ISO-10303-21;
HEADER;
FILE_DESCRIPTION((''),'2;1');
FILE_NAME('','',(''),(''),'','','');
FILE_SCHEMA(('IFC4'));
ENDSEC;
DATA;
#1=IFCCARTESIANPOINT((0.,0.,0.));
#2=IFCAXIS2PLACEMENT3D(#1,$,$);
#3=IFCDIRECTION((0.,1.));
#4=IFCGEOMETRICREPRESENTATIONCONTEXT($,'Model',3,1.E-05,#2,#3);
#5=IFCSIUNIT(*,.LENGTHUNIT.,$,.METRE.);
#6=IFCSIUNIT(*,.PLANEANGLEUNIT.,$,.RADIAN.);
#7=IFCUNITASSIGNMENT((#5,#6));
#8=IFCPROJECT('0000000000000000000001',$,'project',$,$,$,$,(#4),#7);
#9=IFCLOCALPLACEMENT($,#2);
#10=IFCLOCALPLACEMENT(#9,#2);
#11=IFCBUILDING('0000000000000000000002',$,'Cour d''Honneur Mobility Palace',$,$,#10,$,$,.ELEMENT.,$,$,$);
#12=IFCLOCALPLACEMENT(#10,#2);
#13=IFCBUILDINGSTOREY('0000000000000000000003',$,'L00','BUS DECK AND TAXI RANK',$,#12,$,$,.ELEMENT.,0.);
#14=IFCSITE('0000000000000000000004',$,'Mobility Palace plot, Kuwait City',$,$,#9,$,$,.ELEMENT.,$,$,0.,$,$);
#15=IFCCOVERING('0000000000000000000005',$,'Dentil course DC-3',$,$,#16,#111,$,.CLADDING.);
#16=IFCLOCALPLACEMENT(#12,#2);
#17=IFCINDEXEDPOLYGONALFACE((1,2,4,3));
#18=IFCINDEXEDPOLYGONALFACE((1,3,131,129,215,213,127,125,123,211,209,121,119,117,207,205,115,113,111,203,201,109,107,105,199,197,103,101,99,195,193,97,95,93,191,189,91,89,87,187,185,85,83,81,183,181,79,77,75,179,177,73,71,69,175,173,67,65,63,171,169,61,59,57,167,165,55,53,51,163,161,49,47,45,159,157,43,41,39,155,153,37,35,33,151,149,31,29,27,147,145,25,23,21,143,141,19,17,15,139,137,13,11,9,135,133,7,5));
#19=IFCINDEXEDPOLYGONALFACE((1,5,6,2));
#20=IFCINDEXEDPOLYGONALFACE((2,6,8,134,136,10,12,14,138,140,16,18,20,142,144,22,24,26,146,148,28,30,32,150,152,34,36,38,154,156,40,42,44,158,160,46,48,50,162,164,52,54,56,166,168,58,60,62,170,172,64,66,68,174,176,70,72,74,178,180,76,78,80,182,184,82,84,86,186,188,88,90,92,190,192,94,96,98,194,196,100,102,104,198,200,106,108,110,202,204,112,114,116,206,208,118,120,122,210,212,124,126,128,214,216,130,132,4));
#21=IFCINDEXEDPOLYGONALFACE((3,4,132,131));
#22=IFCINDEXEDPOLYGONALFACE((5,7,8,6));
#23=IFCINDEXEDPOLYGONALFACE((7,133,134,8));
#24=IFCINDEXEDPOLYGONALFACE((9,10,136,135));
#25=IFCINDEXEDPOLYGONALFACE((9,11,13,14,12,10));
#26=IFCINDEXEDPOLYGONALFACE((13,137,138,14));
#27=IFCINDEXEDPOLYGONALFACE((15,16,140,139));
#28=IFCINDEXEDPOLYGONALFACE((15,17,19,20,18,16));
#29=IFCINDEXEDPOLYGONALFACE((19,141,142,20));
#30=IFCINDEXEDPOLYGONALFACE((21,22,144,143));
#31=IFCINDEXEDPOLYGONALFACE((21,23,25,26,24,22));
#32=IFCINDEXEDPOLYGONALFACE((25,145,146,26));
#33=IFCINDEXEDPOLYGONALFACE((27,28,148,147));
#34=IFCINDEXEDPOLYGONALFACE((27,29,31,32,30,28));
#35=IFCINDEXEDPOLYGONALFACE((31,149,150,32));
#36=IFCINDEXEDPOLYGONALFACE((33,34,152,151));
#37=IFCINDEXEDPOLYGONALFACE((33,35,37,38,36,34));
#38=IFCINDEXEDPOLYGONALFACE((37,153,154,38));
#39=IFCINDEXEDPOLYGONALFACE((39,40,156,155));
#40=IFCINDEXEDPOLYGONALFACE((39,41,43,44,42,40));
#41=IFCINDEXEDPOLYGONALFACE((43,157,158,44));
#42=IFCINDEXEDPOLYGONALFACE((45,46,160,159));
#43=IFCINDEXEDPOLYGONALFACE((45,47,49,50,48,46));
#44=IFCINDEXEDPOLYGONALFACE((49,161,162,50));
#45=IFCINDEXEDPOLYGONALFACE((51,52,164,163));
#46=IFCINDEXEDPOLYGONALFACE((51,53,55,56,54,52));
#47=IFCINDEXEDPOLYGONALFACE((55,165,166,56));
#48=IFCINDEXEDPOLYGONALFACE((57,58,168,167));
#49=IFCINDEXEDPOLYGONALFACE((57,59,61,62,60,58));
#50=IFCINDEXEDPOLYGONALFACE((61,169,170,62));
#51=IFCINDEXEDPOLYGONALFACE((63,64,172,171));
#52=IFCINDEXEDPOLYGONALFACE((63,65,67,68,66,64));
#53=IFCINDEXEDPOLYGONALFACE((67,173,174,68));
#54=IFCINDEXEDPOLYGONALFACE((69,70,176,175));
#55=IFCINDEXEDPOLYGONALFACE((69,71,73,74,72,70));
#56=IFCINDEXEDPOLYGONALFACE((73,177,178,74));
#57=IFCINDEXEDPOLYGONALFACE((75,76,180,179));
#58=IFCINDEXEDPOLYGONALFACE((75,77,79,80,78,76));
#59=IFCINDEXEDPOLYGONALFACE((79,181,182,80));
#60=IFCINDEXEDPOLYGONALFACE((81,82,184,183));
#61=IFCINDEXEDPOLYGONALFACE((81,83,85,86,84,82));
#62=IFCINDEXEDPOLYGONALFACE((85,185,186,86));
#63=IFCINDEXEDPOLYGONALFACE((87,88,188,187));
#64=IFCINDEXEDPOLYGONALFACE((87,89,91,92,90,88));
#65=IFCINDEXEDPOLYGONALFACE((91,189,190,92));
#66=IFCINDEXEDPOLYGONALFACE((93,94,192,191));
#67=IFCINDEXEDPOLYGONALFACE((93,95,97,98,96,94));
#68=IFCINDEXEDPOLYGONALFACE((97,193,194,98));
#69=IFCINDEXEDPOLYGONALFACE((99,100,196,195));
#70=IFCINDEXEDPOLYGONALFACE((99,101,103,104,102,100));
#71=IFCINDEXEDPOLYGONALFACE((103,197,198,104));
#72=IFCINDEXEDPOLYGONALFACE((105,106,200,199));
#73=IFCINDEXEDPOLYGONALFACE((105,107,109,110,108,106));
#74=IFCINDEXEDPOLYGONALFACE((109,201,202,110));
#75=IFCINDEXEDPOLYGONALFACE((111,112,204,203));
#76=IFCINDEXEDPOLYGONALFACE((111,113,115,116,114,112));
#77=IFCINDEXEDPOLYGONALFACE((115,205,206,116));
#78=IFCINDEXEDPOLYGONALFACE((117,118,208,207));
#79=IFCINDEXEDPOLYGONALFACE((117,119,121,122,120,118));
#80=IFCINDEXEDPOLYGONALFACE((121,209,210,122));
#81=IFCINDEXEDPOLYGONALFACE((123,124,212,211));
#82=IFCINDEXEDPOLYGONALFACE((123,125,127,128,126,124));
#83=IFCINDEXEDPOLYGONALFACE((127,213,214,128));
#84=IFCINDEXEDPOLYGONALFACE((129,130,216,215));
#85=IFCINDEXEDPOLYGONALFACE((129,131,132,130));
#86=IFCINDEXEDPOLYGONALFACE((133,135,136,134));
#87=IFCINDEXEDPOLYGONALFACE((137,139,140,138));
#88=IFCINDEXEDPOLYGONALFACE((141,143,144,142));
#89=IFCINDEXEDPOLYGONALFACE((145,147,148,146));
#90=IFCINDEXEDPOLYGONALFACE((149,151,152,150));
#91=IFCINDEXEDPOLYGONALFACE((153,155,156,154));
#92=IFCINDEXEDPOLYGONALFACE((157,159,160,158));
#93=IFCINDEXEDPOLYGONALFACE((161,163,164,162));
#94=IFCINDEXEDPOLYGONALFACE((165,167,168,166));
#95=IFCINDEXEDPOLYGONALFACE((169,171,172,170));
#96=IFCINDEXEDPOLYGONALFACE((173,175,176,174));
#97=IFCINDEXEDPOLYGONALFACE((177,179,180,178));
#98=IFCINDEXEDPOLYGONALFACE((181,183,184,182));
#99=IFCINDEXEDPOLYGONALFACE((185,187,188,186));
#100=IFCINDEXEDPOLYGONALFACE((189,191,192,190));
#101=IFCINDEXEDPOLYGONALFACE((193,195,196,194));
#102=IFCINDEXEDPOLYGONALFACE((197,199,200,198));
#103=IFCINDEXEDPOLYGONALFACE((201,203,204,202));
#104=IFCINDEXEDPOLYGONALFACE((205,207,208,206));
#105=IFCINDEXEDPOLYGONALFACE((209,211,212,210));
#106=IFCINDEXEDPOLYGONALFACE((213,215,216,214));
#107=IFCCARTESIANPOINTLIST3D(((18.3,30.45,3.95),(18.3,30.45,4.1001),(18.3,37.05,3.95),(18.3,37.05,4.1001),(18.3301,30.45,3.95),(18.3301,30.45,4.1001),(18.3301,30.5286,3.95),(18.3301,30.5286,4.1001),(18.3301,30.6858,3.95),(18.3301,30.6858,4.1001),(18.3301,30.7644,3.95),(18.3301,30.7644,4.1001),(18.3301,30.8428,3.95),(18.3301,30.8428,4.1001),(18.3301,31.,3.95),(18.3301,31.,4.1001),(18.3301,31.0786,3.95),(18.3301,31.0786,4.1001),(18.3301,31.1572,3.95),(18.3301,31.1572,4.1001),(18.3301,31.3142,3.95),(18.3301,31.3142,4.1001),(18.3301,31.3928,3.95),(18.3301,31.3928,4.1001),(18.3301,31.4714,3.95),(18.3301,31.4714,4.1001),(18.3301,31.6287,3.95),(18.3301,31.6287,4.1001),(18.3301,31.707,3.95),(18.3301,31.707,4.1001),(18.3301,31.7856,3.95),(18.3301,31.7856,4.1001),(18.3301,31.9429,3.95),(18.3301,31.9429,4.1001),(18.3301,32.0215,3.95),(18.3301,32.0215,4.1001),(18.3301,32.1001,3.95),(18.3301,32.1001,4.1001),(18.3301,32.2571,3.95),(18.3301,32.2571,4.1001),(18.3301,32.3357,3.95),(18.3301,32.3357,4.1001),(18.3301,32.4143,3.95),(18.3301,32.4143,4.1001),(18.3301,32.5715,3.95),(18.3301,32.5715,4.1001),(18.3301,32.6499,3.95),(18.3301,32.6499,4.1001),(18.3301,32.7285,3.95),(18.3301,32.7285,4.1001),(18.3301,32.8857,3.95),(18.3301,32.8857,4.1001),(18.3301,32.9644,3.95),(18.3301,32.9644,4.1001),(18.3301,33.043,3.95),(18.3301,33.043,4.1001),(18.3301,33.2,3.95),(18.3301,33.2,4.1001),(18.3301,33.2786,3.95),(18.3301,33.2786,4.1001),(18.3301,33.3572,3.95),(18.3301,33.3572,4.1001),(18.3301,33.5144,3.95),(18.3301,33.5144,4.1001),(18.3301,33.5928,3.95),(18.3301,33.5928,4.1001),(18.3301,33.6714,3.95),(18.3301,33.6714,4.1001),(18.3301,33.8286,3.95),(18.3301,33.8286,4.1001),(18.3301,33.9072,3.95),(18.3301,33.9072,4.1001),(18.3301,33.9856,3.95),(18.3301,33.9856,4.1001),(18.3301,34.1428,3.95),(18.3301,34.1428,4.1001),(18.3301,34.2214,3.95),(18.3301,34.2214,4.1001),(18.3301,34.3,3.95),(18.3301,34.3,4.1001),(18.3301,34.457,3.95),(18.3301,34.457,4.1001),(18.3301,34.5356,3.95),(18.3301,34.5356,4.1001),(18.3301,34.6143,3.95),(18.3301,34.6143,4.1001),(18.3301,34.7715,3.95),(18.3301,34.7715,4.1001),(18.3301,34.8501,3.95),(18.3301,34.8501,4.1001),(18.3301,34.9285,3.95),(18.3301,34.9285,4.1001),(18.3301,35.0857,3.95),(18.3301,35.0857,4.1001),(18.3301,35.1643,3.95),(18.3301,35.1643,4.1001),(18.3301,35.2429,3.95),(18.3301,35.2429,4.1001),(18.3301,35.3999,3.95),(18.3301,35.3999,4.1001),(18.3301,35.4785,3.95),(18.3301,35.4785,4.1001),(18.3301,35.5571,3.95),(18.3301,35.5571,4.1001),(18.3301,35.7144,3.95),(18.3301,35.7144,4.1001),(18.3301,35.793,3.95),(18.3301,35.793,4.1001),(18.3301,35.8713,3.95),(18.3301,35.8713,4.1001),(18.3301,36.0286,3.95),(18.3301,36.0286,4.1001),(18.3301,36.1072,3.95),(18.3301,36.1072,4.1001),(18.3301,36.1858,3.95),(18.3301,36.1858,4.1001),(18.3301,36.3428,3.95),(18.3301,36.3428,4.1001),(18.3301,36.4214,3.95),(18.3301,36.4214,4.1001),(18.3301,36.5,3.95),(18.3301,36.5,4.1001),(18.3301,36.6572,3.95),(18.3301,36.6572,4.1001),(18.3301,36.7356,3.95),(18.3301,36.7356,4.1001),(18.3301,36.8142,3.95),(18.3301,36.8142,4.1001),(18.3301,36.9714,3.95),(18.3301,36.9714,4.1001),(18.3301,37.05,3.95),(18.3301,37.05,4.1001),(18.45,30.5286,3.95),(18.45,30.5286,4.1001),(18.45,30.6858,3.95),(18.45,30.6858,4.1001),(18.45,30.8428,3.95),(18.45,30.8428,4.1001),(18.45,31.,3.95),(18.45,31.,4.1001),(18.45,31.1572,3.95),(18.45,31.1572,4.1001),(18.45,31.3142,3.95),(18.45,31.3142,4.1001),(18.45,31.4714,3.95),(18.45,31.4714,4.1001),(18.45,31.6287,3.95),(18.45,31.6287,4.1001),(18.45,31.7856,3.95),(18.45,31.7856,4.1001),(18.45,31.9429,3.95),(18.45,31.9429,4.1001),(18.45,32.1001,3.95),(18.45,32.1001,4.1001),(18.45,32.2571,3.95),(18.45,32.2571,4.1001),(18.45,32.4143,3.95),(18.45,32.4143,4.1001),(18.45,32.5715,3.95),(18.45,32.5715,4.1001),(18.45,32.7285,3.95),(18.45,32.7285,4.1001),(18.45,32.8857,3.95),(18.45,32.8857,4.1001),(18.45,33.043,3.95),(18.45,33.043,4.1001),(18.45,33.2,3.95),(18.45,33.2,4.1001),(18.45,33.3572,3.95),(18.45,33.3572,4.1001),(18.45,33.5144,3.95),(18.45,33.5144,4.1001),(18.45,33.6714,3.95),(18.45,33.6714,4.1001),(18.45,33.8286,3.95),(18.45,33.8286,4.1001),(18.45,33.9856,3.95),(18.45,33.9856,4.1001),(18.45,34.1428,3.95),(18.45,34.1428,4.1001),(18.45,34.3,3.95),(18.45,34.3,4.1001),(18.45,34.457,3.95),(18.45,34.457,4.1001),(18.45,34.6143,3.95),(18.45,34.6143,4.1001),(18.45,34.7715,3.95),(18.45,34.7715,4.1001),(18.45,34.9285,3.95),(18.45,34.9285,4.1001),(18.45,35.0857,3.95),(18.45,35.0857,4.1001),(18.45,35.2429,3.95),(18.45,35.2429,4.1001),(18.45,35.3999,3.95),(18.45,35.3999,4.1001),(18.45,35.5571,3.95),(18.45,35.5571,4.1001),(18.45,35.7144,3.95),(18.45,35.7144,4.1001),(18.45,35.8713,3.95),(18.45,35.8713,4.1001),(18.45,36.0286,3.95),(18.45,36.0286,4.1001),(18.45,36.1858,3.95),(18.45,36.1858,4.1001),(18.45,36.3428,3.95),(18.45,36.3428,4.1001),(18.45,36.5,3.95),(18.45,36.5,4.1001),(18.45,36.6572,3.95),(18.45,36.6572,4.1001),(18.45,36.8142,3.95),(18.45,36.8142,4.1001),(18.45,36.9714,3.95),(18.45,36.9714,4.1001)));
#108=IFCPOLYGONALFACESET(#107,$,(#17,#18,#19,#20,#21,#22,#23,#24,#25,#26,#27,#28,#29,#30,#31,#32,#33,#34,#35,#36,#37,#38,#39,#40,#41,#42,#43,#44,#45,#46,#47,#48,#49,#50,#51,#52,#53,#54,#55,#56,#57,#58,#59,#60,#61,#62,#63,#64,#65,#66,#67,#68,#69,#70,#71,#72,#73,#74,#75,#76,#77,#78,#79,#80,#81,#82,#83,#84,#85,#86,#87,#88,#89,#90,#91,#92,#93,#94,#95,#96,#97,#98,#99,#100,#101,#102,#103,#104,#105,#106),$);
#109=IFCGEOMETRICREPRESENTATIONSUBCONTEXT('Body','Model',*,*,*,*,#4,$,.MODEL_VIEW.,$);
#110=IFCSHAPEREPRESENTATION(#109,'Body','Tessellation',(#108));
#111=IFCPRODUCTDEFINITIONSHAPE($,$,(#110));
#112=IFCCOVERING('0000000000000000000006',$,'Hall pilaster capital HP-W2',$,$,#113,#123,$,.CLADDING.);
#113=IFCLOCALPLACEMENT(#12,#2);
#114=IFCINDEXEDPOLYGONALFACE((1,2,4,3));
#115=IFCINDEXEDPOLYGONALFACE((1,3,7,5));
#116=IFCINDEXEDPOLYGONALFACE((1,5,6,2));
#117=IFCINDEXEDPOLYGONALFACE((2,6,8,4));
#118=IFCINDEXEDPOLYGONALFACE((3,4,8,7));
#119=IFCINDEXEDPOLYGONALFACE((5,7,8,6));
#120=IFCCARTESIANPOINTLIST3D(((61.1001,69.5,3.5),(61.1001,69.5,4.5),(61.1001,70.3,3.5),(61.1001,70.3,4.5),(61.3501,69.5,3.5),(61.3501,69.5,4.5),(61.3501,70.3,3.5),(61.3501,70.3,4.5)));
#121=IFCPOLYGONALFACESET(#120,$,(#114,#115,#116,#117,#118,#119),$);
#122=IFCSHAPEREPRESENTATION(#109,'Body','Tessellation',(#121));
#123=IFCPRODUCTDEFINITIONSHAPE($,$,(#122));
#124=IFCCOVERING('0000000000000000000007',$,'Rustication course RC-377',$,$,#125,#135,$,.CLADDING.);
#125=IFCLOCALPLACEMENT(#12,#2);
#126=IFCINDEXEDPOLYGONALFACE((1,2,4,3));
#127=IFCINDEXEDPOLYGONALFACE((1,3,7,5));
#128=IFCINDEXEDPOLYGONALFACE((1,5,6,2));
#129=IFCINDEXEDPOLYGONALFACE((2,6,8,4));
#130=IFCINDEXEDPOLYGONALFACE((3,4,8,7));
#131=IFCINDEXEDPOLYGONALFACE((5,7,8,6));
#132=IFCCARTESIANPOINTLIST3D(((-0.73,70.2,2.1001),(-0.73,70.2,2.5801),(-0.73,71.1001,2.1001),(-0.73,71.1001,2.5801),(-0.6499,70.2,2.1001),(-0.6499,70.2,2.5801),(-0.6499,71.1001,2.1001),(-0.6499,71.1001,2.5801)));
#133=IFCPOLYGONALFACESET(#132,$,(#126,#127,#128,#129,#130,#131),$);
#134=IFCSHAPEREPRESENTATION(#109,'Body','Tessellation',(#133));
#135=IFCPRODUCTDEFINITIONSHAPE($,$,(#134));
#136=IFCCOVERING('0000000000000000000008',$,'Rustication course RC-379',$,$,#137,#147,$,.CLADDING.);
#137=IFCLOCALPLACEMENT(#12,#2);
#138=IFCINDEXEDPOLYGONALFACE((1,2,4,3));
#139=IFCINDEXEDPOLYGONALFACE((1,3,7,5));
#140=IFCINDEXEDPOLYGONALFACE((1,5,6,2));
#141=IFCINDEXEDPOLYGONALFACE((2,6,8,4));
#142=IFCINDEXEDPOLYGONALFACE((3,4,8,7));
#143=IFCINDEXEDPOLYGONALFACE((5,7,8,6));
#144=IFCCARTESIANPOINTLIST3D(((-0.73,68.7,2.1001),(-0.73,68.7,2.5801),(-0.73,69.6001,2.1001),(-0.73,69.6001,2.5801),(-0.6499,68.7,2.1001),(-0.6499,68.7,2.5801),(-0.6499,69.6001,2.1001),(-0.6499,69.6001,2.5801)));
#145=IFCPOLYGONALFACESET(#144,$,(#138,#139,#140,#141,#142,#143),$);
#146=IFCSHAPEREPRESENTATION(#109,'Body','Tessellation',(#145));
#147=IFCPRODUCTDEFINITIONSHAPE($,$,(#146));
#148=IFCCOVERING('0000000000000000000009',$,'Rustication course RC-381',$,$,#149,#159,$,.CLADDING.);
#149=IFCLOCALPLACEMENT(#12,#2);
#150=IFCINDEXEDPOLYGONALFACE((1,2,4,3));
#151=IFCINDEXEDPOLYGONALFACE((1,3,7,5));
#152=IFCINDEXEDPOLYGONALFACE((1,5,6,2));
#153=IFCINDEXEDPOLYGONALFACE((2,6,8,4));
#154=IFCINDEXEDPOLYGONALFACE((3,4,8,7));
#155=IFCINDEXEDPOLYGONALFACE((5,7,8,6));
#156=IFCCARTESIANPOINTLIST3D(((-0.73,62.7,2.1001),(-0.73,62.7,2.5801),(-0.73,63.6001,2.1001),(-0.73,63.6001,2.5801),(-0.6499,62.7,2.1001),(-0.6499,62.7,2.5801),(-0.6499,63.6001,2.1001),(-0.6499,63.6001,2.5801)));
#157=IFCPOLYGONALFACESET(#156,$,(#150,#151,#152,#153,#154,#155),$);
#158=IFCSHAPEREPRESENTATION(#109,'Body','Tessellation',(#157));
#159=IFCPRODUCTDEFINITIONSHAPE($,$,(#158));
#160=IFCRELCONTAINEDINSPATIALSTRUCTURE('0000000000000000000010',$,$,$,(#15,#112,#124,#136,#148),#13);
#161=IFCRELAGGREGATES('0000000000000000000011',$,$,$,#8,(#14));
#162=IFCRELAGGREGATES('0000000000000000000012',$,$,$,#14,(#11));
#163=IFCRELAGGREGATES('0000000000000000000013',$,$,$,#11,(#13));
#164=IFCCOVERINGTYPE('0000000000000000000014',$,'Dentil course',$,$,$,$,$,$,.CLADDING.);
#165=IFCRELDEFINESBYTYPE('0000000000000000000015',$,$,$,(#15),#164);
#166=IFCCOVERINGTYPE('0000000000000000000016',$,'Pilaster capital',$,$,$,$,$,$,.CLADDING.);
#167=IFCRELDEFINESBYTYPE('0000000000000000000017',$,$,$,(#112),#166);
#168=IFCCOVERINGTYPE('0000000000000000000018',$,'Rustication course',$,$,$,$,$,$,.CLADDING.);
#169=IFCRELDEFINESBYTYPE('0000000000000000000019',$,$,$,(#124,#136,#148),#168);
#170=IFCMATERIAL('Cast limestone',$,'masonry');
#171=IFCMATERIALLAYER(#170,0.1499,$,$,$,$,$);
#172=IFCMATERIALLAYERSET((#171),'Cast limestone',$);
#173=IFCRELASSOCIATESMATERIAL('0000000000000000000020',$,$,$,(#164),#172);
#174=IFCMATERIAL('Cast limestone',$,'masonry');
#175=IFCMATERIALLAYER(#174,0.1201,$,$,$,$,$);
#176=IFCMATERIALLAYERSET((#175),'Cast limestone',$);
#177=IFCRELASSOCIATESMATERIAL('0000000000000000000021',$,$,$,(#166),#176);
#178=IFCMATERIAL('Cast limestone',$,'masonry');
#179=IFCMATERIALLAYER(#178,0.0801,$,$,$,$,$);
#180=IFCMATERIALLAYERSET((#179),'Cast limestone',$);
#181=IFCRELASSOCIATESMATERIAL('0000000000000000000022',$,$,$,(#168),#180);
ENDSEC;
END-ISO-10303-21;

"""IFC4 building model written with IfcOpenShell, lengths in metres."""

from ifc_helpers import new_model, si_unit, direction, frame, origin, place, context, subcontext, project, spatial, polyline, outline, extrude, material, layer, layer_set, type_object, element, save


model = new_model("IFC4")

# Units and contexts
model_context = context("Model", 3, precision=1e-05, world=origin(), true_north=direction((0.0, 1.0)))
body_context = subcontext(model_context, "Body", "Model", "MODEL_VIEW")
ifc_project = project(units=[si_unit("LENGTHUNIT", "METRE"), si_unit("PLANEANGLEUNIT", "RADIAN")], contexts=[model_context])

# Site, building, storey
site_placement = place(None, origin())
site = spatial("IfcSite", under=ifc_project, at=site_placement, Name="Mobility Palace plot, Kuwait City", CompositionType="ELEMENT", RefElevation=0.0)
building_placement = place(site_placement, origin())
building = spatial("IfcBuilding", under=site, at=building_placement, Name="Cour d'Honneur Mobility Palace", CompositionType="ELEMENT")
storey_placement = place(building_placement, origin())
storey = spatial("IfcBuildingStorey", under=building, at=storey_placement, Name="L00", Description="BUS DECK AND TAXI RANK", CompositionType="ELEMENT", Elevation=0.0)

# Coverings
ifc_material_1 = material(Name="Cast limestone", Category="masonry")
ifc_layer_1 = layer(ifc_material_1, 0.1499)
ifc_layer_set_1 = layer_set([ifc_layer_1], Name="Cast limestone")
covering_type_1 = type_object("IfcCoveringType", Name="Dentil course", PredefinedType="CLADDING", material=ifc_layer_set_1)
covering_1_placement = place(storey_placement, frame((0.0, 0.0, 3.95)))
element("IfcCovering", 1, at=covering_1_placement, inside=storey, type_object=covering_type_1, Name="Dentil course DC-3", PredefinedType="CLADDING", context=body_context, shape_type="SweptSolid", body=[
    extrude(outline(polyline([(18.3, 30.45), (18.3, 37.05), (18.3301, 37.05), (18.3301, 37.05), (18.3301, 36.9714), (18.45, 36.9714), (18.45, 36.8142), (18.3301, 36.8142), (18.3301, 36.7356), (18.3301, 36.7356), (18.3301, 36.6572), (18.45, 36.6572), (18.45, 36.5), (18.3301, 36.5), (18.3301, 36.4214), (18.3301, 36.4214), (18.3301, 36.3428), (18.45, 36.3428), (18.45, 36.1858), (18.3301, 36.1858), (18.3301, 36.1072), (18.3301, 36.1072), (18.3301, 36.0286), (18.45, 36.0286), (18.45, 35.8713), (18.3301, 35.8713), (18.3301, 35.793), (18.3301, 35.793), (18.3301, 35.7144), (18.45, 35.7144), (18.45, 35.5571), (18.3301, 35.5571), (18.3301, 35.4785), (18.3301, 35.4785), (18.3301, 35.3999), (18.45, 35.3999), (18.45, 35.2429), (18.3301, 35.2429), (18.3301, 35.1643), (18.3301, 35.1643), (18.3301, 35.0857), (18.45, 35.0857), (18.45, 34.9285), (18.3301, 34.9285), (18.3301, 34.8501), (18.3301, 34.8501), (18.3301, 34.7715), (18.45, 34.7715), (18.45, 34.6143), (18.3301, 34.6143), (18.3301, 34.5356), (18.3301, 34.5356), (18.3301, 34.457), (18.45, 34.457), (18.45, 34.3), (18.3301, 34.3), (18.3301, 34.2214), (18.3301, 34.2214), (18.3301, 34.1428), (18.45, 34.1428), (18.45, 33.9856), (18.3301, 33.9856), (18.3301, 33.9072), (18.3301, 33.9072), (18.3301, 33.8286), (18.45, 33.8286), (18.45, 33.6714), (18.3301, 33.6714), (18.3301, 33.5928), (18.3301, 33.5928), (18.3301, 33.5144), (18.45, 33.5144), (18.45, 33.3572), (18.3301, 33.3572), (18.3301, 33.2786), (18.3301, 33.2786), (18.3301, 33.2), (18.45, 33.2), (18.45, 33.043), (18.3301, 33.043), (18.3301, 32.9644), (18.3301, 32.9644), (18.3301, 32.8857), (18.45, 32.8857), (18.45, 32.7285), (18.3301, 32.7285), (18.3301, 32.6499), (18.3301, 32.6499), (18.3301, 32.5715), (18.45, 32.5715), (18.45, 32.4143), (18.3301, 32.4143), (18.3301, 32.3357), (18.3301, 32.3357), (18.3301, 32.2571), (18.45, 32.2571), (18.45, 32.1001), (18.3301, 32.1001), (18.3301, 32.0215), (18.3301, 32.0215), (18.3301, 31.9429), (18.45, 31.9429), (18.45, 31.7856), (18.3301, 31.7856), (18.3301, 31.707), (18.3301, 31.707), (18.3301, 31.6287), (18.45, 31.6287), (18.45, 31.4714), (18.3301, 31.4714), (18.3301, 31.3928), (18.3301, 31.3928), (18.3301, 31.3142), (18.45, 31.3142), (18.45, 31.1572), (18.3301, 31.1572), (18.3301, 31.0786), (18.3301, 31.0786), (18.3301, 31.0), (18.45, 31.0), (18.45, 30.8428), (18.3301, 30.8428), (18.3301, 30.7644), (18.3301, 30.7644), (18.3301, 30.6858), (18.45, 30.6858), (18.45, 30.5286), (18.3301, 30.5286), (18.3301, 30.45), (18.3, 30.45)])), origin(), (0.0, 0.0, 1.0), 0.1501),
])
ifc_material_2 = material(Name="Cast limestone", Category="masonry")
ifc_layer_2 = layer(ifc_material_2, 0.1201)
ifc_layer_set_2 = layer_set([ifc_layer_2], Name="Cast limestone")
covering_type_2 = type_object("IfcCoveringType", Name="Pilaster capital", PredefinedType="CLADDING", material=ifc_layer_set_2)
covering_2_placement = place(storey_placement, frame((0.0, 0.0, 3.5)))
element("IfcCovering", 2, at=covering_2_placement, inside=storey, type_object=covering_type_2, Name="Hall pilaster capital HP-W2", PredefinedType="CLADDING", context=body_context, shape_type="SweptSolid", body=[
    extrude(outline(polyline([(61.1001, 69.5), (61.3501, 69.5), (61.3501, 70.3), (61.1001, 70.3), (61.1001, 69.5)])), origin(), (0.0, 0.0, 1.0), 1.0),
])
ifc_material_3 = material(Name="Cast limestone", Category="masonry")
ifc_layer_3 = layer(ifc_material_3, 0.0801)
ifc_layer_set_3 = layer_set([ifc_layer_3], Name="Cast limestone")
covering_type_3 = type_object("IfcCoveringType", Name="Rustication course", PredefinedType="CLADDING", material=ifc_layer_set_3)
covering_3_placement = place(storey_placement, frame((0.0, 0.0, 2.1001)))
element("IfcCovering", 3, at=covering_3_placement, inside=storey, type_object=covering_type_3, Name="Rustication course RC-377", PredefinedType="CLADDING", context=body_context, shape_type="SweptSolid", body=[
    extrude(outline(polyline([(-0.6499, 71.1001), (-0.6499, 70.2), (-0.73, 70.2), (-0.73, 71.1001), (-0.6499, 71.1001)])), origin(), (0.0, 0.0, 1.0), 0.48),
])
covering_4_placement = place(storey_placement, frame((0.0, 0.0, 2.1001)))
element("IfcCovering", 4, at=covering_4_placement, inside=storey, type_object=covering_type_3, Name="Rustication course RC-379", PredefinedType="CLADDING", context=body_context, shape_type="SweptSolid", body=[
    extrude(outline(polyline([(-0.6499, 69.6001), (-0.6499, 68.7), (-0.73, 68.7), (-0.73, 69.6001), (-0.6499, 69.6001)])), origin(), (0.0, 0.0, 1.0), 0.48),
])
covering_5_placement = place(storey_placement, frame((0.0, 0.0, 2.1001)))
element("IfcCovering", 5, at=covering_5_placement, inside=storey, type_object=covering_type_3, Name="Rustication course RC-381", PredefinedType="CLADDING", context=body_context, shape_type="SweptSolid", body=[
    extrude(outline(polyline([(-0.6499, 63.6001), (-0.6499, 62.7), (-0.73, 62.7), (-0.73, 63.6001), (-0.6499, 63.6001)])), origin(), (0.0, 0.0, 1.0), 0.48),
])

save(model, "model.ifc")
